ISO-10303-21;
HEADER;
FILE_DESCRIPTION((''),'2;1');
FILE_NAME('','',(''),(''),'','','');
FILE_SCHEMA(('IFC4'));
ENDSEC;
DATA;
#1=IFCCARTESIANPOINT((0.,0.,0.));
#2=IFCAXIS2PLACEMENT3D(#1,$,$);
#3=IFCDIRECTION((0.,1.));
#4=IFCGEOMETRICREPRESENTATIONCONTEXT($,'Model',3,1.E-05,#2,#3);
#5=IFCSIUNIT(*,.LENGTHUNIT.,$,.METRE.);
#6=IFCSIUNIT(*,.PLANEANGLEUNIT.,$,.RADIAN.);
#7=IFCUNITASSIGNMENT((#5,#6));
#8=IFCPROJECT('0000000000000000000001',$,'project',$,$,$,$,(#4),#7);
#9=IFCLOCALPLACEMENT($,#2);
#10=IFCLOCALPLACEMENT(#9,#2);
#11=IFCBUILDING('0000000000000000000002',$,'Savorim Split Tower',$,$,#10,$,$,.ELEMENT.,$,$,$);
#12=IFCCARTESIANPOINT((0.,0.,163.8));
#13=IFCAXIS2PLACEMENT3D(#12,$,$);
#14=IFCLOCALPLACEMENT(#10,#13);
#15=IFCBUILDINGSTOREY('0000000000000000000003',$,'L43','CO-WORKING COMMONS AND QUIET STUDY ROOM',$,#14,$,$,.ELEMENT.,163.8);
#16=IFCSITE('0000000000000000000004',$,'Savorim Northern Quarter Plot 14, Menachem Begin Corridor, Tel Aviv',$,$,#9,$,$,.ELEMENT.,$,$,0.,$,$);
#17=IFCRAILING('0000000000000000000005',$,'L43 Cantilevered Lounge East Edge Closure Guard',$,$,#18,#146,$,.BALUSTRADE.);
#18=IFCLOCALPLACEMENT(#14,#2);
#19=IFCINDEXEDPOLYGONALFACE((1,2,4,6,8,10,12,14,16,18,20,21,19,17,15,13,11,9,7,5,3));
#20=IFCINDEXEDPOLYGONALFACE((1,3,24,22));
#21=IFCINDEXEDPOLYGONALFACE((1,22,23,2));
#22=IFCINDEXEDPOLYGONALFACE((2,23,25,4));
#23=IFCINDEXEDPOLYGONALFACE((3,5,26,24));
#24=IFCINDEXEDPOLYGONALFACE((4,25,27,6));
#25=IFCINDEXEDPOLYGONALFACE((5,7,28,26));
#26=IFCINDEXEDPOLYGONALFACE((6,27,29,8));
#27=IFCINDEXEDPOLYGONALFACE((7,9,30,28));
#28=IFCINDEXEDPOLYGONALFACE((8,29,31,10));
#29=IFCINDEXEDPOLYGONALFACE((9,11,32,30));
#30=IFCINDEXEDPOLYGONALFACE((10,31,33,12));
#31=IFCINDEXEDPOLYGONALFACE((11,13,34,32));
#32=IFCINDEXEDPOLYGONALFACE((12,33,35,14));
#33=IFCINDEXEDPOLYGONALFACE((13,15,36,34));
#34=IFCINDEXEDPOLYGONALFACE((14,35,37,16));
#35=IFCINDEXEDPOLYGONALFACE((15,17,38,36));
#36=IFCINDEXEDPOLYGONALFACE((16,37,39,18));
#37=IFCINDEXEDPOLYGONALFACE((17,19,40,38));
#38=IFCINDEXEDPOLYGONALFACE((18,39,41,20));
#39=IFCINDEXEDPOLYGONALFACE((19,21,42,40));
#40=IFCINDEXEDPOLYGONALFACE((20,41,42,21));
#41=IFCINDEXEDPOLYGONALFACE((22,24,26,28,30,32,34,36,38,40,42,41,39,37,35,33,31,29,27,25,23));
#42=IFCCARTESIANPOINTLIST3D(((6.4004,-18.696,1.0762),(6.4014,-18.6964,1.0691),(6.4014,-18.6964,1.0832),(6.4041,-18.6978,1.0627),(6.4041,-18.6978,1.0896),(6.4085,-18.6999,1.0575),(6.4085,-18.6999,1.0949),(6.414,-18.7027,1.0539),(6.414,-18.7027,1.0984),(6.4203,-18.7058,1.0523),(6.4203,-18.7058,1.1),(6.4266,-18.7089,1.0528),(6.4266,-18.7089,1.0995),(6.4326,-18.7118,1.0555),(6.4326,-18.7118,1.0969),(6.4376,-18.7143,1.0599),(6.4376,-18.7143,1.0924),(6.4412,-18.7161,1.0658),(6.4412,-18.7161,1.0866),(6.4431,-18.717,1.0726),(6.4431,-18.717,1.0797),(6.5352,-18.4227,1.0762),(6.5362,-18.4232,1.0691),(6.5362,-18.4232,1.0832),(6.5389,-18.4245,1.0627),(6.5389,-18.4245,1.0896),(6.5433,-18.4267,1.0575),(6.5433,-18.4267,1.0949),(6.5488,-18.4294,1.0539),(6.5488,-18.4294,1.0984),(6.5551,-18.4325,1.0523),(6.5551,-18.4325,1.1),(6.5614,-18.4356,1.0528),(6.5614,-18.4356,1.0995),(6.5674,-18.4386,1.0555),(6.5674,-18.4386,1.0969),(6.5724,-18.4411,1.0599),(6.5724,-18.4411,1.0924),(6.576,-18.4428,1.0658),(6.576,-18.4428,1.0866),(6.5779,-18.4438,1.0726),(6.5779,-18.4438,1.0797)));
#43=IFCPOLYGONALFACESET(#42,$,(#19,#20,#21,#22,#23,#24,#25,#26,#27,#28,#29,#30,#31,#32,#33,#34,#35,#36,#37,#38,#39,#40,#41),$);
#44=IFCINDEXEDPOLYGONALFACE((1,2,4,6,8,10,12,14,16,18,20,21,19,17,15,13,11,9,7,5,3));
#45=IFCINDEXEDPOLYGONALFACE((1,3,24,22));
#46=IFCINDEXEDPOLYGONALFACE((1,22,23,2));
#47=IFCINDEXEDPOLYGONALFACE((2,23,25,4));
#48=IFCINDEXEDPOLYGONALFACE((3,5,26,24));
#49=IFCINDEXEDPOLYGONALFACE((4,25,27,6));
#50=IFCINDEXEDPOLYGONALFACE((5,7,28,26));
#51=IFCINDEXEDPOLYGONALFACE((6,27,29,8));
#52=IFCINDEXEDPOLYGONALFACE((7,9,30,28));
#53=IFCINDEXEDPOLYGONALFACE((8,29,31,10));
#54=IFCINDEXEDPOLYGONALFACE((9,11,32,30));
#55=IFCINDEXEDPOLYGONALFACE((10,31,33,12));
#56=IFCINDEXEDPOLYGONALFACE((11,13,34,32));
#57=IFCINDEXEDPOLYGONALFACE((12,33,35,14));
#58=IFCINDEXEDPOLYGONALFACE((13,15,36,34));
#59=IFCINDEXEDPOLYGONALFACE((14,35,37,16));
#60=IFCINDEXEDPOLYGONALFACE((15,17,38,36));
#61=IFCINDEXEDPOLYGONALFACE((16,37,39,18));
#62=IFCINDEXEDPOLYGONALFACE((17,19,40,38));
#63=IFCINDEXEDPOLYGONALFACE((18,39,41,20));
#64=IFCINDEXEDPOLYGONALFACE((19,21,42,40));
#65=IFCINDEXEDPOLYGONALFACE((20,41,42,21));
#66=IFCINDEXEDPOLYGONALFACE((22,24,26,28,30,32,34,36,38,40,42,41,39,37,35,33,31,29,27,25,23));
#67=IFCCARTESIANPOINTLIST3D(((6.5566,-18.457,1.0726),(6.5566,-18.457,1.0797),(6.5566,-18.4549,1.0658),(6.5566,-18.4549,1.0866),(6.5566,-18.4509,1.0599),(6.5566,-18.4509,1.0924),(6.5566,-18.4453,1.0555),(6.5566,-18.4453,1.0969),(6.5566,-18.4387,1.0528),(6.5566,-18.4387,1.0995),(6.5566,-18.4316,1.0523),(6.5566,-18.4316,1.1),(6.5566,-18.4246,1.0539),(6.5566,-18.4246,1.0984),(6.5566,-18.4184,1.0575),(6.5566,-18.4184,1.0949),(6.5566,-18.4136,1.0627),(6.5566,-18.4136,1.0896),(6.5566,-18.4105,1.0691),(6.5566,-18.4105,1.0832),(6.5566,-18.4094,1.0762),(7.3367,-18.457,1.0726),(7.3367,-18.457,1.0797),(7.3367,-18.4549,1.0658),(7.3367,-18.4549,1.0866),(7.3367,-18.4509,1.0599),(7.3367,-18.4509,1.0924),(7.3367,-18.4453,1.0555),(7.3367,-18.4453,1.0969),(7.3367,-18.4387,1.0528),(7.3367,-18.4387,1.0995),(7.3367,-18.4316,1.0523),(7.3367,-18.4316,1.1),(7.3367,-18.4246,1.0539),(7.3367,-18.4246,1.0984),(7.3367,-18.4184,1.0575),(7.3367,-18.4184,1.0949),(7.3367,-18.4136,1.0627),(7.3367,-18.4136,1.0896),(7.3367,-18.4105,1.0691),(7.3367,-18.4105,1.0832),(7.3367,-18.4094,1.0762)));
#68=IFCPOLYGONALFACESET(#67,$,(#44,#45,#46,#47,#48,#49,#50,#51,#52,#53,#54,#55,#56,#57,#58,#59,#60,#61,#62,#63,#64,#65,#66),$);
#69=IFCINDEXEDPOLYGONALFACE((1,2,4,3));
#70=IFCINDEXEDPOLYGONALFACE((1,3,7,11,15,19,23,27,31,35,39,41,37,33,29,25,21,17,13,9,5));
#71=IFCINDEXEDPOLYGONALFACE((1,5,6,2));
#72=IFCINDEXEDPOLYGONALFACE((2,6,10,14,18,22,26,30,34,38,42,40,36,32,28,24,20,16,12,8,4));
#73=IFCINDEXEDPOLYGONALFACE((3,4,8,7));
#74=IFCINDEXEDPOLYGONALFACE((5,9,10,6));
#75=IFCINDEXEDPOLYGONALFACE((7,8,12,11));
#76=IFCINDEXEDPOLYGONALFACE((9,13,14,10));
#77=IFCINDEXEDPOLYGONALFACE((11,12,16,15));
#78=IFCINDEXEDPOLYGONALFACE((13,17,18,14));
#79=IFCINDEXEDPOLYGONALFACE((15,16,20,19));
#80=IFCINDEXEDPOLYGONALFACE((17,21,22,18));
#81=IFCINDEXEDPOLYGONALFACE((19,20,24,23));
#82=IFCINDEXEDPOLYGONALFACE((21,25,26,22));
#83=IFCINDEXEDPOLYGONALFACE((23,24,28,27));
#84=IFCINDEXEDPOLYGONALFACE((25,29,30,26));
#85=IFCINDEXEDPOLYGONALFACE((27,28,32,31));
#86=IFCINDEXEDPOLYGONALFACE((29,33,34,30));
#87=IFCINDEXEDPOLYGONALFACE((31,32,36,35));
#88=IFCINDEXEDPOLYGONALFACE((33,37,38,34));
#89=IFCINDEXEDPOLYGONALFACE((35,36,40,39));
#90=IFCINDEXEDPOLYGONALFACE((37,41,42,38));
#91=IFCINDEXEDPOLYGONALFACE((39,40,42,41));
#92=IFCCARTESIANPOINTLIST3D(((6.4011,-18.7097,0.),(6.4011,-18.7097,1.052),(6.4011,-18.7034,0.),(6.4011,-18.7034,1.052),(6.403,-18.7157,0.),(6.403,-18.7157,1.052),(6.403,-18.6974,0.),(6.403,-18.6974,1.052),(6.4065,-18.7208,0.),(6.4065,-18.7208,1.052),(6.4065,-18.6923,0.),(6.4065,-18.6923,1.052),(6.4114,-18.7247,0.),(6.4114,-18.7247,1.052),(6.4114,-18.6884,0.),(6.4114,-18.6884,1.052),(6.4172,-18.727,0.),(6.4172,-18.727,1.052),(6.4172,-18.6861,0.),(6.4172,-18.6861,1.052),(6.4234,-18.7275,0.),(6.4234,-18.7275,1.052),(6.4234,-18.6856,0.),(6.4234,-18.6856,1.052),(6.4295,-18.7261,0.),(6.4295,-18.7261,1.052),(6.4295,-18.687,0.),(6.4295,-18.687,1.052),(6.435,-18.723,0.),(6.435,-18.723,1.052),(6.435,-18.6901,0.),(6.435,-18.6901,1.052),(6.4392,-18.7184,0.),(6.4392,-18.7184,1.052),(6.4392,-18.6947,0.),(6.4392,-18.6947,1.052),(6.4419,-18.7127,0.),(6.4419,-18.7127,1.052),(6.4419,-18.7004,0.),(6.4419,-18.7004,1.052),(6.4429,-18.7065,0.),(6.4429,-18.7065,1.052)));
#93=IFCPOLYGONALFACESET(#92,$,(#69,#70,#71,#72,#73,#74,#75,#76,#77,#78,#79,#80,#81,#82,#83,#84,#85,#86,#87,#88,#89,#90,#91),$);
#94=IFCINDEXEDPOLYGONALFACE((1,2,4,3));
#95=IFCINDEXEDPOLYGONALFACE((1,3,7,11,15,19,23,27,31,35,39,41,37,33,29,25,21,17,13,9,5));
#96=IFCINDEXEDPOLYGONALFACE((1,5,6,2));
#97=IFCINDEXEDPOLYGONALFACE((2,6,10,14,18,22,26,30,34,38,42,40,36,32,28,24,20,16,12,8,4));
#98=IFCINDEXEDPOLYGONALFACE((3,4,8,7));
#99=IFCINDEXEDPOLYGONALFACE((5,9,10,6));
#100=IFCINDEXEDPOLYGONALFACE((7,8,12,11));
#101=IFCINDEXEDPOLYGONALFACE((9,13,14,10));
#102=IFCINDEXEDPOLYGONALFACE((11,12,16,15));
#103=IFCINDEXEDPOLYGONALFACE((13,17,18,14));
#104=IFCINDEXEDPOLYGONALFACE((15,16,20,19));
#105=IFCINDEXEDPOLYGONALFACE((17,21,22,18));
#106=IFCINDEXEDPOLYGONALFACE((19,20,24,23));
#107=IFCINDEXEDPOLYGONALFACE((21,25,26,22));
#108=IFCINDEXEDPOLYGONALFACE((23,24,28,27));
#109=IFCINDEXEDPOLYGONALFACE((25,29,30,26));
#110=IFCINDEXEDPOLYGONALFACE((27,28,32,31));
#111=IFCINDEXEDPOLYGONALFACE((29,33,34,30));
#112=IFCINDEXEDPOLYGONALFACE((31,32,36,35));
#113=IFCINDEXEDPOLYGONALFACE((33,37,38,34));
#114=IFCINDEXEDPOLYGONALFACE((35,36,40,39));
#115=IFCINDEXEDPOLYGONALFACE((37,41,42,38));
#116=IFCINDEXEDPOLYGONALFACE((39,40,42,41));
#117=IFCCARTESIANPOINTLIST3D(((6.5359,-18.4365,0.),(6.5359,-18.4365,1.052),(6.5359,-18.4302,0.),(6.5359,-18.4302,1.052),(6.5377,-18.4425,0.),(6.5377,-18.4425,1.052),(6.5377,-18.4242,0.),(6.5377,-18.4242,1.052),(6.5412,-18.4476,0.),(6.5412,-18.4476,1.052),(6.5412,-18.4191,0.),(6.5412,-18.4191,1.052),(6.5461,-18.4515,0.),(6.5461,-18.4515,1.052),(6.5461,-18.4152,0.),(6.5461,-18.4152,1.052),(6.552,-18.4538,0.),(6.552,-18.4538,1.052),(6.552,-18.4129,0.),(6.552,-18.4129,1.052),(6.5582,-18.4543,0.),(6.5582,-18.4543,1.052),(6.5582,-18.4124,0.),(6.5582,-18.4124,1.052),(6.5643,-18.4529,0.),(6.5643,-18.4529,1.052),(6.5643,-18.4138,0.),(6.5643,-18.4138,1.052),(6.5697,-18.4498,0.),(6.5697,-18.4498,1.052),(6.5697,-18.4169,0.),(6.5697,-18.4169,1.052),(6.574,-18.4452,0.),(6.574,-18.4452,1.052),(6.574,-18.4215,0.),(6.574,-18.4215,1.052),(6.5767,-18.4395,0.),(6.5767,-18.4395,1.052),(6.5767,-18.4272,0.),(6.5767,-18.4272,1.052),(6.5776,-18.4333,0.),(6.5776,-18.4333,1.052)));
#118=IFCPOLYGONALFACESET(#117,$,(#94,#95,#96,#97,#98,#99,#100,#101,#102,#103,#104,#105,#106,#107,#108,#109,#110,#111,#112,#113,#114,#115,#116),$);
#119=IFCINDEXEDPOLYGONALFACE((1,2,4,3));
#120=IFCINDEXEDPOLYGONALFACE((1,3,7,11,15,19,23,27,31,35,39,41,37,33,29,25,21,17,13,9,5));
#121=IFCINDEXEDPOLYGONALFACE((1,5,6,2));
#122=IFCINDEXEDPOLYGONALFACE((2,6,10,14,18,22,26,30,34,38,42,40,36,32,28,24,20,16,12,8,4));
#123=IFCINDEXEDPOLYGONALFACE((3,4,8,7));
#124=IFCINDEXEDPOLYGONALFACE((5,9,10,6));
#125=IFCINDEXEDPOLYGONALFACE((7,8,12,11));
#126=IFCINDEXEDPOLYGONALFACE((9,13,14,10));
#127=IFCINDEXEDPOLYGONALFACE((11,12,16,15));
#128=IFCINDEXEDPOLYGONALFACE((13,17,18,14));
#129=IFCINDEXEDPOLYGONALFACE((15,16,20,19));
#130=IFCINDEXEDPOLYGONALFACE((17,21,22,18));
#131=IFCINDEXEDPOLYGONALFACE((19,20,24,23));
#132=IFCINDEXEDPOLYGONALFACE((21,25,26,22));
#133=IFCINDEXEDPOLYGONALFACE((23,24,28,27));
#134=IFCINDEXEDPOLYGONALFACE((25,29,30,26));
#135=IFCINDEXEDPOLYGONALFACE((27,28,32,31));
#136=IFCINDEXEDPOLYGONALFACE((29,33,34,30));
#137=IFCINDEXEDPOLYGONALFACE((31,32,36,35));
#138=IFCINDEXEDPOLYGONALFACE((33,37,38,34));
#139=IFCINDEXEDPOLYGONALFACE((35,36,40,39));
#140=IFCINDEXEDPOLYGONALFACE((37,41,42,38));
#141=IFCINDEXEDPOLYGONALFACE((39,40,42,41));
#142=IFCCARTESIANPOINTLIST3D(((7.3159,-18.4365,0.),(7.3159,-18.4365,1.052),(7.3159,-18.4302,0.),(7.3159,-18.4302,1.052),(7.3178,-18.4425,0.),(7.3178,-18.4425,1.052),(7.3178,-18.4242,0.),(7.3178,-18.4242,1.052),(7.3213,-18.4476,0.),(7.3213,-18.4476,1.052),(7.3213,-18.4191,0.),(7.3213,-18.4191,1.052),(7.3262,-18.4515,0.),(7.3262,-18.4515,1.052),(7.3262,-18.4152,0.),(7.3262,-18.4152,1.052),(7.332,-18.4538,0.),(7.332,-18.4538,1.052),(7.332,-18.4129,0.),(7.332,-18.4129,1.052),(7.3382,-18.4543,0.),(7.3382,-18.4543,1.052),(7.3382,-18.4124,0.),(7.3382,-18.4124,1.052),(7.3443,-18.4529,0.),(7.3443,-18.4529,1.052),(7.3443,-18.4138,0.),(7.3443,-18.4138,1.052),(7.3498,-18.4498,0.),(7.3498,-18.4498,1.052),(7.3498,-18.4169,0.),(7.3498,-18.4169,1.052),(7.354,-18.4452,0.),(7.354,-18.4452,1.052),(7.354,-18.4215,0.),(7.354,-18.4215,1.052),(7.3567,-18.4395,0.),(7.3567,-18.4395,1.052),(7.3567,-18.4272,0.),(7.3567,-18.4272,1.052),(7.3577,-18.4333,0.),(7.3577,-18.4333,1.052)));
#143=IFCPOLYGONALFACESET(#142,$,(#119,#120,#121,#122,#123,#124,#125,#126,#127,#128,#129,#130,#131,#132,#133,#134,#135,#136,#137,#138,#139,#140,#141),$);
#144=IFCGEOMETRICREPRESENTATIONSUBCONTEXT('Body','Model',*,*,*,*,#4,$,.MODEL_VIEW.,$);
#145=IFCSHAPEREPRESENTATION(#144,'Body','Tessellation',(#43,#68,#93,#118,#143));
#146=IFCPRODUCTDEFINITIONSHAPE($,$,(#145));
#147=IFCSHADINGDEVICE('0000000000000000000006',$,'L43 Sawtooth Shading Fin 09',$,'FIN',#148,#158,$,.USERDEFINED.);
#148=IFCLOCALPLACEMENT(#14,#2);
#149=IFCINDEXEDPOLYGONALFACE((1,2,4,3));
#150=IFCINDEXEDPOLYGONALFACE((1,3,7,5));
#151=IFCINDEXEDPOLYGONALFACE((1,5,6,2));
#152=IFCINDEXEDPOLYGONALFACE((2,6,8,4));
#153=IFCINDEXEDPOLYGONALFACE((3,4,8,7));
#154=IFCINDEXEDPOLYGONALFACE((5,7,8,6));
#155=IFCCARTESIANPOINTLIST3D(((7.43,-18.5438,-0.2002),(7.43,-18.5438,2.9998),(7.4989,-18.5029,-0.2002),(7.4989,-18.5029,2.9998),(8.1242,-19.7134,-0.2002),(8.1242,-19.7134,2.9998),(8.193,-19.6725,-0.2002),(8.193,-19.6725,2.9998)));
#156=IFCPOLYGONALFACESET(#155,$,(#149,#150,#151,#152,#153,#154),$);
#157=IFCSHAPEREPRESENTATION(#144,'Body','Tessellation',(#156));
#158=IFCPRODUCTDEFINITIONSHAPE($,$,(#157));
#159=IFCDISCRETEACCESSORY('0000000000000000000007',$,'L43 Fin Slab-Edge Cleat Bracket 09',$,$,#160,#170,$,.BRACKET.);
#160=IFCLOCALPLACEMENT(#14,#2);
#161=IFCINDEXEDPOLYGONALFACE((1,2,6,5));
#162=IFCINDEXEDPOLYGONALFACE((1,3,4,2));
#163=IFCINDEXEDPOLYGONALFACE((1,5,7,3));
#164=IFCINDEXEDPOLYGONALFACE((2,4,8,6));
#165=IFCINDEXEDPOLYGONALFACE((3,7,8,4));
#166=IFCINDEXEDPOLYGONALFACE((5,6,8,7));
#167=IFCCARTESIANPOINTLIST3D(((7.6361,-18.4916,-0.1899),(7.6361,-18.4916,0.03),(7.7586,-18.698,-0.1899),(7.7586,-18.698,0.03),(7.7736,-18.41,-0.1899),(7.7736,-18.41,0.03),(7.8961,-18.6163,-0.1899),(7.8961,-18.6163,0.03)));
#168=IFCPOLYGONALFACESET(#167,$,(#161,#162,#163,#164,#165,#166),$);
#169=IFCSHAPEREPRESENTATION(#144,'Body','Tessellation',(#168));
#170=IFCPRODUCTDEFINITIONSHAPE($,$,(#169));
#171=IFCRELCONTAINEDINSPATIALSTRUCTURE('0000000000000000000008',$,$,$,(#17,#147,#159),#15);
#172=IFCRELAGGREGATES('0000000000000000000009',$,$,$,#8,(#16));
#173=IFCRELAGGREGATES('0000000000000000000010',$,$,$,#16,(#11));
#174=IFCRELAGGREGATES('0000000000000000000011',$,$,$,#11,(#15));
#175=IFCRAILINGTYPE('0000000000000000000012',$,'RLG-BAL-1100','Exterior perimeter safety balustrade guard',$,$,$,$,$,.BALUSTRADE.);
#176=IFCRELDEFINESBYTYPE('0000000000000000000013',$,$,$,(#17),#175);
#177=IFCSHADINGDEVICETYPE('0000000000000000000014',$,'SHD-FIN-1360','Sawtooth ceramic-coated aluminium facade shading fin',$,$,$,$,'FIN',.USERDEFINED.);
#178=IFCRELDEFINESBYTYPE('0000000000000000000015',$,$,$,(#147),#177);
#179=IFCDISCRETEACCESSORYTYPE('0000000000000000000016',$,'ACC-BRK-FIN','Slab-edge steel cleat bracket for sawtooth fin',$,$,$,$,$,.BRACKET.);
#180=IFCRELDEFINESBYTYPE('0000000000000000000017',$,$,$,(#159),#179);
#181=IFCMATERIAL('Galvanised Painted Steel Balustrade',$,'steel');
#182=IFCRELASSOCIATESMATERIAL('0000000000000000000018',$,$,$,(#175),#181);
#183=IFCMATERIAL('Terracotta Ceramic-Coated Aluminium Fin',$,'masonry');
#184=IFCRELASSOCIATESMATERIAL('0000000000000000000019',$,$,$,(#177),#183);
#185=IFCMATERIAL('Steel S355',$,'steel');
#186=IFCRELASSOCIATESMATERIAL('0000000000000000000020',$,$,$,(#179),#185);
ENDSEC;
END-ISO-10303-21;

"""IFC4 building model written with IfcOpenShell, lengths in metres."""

from ifc_helpers import new_model, si_unit, direction, frame, origin, origin_2d, place, context, subcontext, project, spatial, rectangle, circle, extrude, material, type_object, element, save


model = new_model("IFC4")

# Units and contexts
model_context = context("Model", 3, precision=1e-05, world=origin(), true_north=direction((0.0, 1.0)))
body_context = subcontext(model_context, "Body", "Model", "MODEL_VIEW")
ifc_project = project(units=[si_unit("LENGTHUNIT", "METRE"), si_unit("PLANEANGLEUNIT", "RADIAN")], contexts=[model_context])

# Site, building, storey
site_placement = place(None, origin())
site = spatial("IfcSite", under=ifc_project, at=site_placement, Name="Savorim Northern Quarter Plot 14, Menachem Begin Corridor, Tel Aviv", CompositionType="ELEMENT", RefElevation=0.0)
building_placement = place(site_placement, origin())
building = spatial("IfcBuilding", under=site, at=building_placement, Name="Savorim Split Tower", CompositionType="ELEMENT")
storey_placement = place(building_placement, frame((0.0, 0.0, 163.8)))
storey = spatial("IfcBuildingStorey", under=building, at=storey_placement, Name="L43", Description="CO-WORKING COMMONS AND QUIET STUDY ROOM", CompositionType="ELEMENT", Elevation=163.8)

# Shared definitions
ifc_material_1 = material(Name="Steel S355", Category="steel")

# Railing
ifc_material_2 = material(Name="Galvanised Painted Steel Balustrade", Category="steel")
railing_type = type_object("IfcRailingType", Name="RLG-BAL-1100", Description="Exterior perimeter safety balustrade guard", PredefinedType="BALUSTRADE", material=ifc_material_2)
railing_placement = place(storey_placement, frame((6.4219, -18.7065, 0.0)))
element("IfcRailing", 1, at=railing_placement, inside=storey, type_object=railing_type, Name="L43 Cantilevered Lounge East Edge Closure Guard", PredefinedType="BALUSTRADE", context=body_context, shape_type="SweptSolid", body=[
    extrude(circle(Radius=0.0239, at=origin_2d()), frame((0.0, 0.0, 1.0762), z_axis=(0.442398, 0.896819, 0.0), x_axis=(-0.896819, 0.442398, 0.0)), (0.0, 0.0, 1.0), 0.3047),
    extrude(circle(Radius=0.0239, at=origin_2d()), frame((0.1348, 0.2732, 1.0762), z_axis=(1.0, 0.0, 0.0), x_axis=(0.0, 1.0, 0.0)), (0.0, 0.0, 1.0), 0.78),
    extrude(circle(Radius=0.021, at=origin_2d()), origin(), (0.0, 0.0, 1.0), 1.052),
    extrude(circle(Radius=0.021, at=origin_2d()), frame((0.1348, 0.2732, 0.0)), (0.0, 0.0, 1.0), 1.052),
    extrude(circle(Radius=0.021, at=origin_2d()), frame((0.9148, 0.2732, 0.0)), (0.0, 0.0, 1.0), 1.052),
])

# Shading device
ifc_material_3 = material(Name="Terracotta Ceramic-Coated Aluminium Fin", Category="masonry")
shading_device_type = type_object("IfcShadingDeviceType", Name="SHD-FIN-1360", Description="Sawtooth ceramic-coated aluminium facade shading fin", ElementType="FIN", PredefinedType="USERDEFINED", material=ifc_material_3)
shading_device_placement = place(storey_placement, frame((7.8115, -19.1082, -0.2002), z_axis=(0.0, 0.0, 1.0), x_axis=(0.510391, -0.859942, 0.0)))
element("IfcShadingDevice", 2, at=shading_device_placement, inside=storey, type_object=shading_device_type, Name="L43 Sawtooth Shading Fin 09", ObjectType="FIN", PredefinedType="USERDEFINED", context=body_context, shape_type="SweptSolid", body=[
    extrude(rectangle(XDim=1.3601, YDim=0.0801, at=origin_2d()), origin(), (0.0, 0.0, 1.0), 3.2),
])

# Discrete accessory
discrete_accessory_type = type_object("IfcDiscreteAccessoryType", Name="ACC-BRK-FIN", Description="Slab-edge steel cleat bracket for sawtooth fin", PredefinedType="BRACKET", material=ifc_material_1)
discrete_accessory_placement = place(storey_placement, frame((7.7661, -18.554, -0.1899), z_axis=(0.0, 0.0, 1.0), x_axis=(0.510391, -0.859942, 0.0)))
element("IfcDiscreteAccessory", 3, at=discrete_accessory_placement, inside=storey, type_object=discrete_accessory_type, Name="L43 Fin Slab-Edge Cleat Bracket 09", PredefinedType="BRACKET", context=body_context, shape_type="SweptSolid", body=[
    extrude(rectangle(XDim=0.24, YDim=0.1599, at=origin_2d()), origin(), (0.0, 0.0, 1.0), 0.22),
])

save(model, "model.ifc")
